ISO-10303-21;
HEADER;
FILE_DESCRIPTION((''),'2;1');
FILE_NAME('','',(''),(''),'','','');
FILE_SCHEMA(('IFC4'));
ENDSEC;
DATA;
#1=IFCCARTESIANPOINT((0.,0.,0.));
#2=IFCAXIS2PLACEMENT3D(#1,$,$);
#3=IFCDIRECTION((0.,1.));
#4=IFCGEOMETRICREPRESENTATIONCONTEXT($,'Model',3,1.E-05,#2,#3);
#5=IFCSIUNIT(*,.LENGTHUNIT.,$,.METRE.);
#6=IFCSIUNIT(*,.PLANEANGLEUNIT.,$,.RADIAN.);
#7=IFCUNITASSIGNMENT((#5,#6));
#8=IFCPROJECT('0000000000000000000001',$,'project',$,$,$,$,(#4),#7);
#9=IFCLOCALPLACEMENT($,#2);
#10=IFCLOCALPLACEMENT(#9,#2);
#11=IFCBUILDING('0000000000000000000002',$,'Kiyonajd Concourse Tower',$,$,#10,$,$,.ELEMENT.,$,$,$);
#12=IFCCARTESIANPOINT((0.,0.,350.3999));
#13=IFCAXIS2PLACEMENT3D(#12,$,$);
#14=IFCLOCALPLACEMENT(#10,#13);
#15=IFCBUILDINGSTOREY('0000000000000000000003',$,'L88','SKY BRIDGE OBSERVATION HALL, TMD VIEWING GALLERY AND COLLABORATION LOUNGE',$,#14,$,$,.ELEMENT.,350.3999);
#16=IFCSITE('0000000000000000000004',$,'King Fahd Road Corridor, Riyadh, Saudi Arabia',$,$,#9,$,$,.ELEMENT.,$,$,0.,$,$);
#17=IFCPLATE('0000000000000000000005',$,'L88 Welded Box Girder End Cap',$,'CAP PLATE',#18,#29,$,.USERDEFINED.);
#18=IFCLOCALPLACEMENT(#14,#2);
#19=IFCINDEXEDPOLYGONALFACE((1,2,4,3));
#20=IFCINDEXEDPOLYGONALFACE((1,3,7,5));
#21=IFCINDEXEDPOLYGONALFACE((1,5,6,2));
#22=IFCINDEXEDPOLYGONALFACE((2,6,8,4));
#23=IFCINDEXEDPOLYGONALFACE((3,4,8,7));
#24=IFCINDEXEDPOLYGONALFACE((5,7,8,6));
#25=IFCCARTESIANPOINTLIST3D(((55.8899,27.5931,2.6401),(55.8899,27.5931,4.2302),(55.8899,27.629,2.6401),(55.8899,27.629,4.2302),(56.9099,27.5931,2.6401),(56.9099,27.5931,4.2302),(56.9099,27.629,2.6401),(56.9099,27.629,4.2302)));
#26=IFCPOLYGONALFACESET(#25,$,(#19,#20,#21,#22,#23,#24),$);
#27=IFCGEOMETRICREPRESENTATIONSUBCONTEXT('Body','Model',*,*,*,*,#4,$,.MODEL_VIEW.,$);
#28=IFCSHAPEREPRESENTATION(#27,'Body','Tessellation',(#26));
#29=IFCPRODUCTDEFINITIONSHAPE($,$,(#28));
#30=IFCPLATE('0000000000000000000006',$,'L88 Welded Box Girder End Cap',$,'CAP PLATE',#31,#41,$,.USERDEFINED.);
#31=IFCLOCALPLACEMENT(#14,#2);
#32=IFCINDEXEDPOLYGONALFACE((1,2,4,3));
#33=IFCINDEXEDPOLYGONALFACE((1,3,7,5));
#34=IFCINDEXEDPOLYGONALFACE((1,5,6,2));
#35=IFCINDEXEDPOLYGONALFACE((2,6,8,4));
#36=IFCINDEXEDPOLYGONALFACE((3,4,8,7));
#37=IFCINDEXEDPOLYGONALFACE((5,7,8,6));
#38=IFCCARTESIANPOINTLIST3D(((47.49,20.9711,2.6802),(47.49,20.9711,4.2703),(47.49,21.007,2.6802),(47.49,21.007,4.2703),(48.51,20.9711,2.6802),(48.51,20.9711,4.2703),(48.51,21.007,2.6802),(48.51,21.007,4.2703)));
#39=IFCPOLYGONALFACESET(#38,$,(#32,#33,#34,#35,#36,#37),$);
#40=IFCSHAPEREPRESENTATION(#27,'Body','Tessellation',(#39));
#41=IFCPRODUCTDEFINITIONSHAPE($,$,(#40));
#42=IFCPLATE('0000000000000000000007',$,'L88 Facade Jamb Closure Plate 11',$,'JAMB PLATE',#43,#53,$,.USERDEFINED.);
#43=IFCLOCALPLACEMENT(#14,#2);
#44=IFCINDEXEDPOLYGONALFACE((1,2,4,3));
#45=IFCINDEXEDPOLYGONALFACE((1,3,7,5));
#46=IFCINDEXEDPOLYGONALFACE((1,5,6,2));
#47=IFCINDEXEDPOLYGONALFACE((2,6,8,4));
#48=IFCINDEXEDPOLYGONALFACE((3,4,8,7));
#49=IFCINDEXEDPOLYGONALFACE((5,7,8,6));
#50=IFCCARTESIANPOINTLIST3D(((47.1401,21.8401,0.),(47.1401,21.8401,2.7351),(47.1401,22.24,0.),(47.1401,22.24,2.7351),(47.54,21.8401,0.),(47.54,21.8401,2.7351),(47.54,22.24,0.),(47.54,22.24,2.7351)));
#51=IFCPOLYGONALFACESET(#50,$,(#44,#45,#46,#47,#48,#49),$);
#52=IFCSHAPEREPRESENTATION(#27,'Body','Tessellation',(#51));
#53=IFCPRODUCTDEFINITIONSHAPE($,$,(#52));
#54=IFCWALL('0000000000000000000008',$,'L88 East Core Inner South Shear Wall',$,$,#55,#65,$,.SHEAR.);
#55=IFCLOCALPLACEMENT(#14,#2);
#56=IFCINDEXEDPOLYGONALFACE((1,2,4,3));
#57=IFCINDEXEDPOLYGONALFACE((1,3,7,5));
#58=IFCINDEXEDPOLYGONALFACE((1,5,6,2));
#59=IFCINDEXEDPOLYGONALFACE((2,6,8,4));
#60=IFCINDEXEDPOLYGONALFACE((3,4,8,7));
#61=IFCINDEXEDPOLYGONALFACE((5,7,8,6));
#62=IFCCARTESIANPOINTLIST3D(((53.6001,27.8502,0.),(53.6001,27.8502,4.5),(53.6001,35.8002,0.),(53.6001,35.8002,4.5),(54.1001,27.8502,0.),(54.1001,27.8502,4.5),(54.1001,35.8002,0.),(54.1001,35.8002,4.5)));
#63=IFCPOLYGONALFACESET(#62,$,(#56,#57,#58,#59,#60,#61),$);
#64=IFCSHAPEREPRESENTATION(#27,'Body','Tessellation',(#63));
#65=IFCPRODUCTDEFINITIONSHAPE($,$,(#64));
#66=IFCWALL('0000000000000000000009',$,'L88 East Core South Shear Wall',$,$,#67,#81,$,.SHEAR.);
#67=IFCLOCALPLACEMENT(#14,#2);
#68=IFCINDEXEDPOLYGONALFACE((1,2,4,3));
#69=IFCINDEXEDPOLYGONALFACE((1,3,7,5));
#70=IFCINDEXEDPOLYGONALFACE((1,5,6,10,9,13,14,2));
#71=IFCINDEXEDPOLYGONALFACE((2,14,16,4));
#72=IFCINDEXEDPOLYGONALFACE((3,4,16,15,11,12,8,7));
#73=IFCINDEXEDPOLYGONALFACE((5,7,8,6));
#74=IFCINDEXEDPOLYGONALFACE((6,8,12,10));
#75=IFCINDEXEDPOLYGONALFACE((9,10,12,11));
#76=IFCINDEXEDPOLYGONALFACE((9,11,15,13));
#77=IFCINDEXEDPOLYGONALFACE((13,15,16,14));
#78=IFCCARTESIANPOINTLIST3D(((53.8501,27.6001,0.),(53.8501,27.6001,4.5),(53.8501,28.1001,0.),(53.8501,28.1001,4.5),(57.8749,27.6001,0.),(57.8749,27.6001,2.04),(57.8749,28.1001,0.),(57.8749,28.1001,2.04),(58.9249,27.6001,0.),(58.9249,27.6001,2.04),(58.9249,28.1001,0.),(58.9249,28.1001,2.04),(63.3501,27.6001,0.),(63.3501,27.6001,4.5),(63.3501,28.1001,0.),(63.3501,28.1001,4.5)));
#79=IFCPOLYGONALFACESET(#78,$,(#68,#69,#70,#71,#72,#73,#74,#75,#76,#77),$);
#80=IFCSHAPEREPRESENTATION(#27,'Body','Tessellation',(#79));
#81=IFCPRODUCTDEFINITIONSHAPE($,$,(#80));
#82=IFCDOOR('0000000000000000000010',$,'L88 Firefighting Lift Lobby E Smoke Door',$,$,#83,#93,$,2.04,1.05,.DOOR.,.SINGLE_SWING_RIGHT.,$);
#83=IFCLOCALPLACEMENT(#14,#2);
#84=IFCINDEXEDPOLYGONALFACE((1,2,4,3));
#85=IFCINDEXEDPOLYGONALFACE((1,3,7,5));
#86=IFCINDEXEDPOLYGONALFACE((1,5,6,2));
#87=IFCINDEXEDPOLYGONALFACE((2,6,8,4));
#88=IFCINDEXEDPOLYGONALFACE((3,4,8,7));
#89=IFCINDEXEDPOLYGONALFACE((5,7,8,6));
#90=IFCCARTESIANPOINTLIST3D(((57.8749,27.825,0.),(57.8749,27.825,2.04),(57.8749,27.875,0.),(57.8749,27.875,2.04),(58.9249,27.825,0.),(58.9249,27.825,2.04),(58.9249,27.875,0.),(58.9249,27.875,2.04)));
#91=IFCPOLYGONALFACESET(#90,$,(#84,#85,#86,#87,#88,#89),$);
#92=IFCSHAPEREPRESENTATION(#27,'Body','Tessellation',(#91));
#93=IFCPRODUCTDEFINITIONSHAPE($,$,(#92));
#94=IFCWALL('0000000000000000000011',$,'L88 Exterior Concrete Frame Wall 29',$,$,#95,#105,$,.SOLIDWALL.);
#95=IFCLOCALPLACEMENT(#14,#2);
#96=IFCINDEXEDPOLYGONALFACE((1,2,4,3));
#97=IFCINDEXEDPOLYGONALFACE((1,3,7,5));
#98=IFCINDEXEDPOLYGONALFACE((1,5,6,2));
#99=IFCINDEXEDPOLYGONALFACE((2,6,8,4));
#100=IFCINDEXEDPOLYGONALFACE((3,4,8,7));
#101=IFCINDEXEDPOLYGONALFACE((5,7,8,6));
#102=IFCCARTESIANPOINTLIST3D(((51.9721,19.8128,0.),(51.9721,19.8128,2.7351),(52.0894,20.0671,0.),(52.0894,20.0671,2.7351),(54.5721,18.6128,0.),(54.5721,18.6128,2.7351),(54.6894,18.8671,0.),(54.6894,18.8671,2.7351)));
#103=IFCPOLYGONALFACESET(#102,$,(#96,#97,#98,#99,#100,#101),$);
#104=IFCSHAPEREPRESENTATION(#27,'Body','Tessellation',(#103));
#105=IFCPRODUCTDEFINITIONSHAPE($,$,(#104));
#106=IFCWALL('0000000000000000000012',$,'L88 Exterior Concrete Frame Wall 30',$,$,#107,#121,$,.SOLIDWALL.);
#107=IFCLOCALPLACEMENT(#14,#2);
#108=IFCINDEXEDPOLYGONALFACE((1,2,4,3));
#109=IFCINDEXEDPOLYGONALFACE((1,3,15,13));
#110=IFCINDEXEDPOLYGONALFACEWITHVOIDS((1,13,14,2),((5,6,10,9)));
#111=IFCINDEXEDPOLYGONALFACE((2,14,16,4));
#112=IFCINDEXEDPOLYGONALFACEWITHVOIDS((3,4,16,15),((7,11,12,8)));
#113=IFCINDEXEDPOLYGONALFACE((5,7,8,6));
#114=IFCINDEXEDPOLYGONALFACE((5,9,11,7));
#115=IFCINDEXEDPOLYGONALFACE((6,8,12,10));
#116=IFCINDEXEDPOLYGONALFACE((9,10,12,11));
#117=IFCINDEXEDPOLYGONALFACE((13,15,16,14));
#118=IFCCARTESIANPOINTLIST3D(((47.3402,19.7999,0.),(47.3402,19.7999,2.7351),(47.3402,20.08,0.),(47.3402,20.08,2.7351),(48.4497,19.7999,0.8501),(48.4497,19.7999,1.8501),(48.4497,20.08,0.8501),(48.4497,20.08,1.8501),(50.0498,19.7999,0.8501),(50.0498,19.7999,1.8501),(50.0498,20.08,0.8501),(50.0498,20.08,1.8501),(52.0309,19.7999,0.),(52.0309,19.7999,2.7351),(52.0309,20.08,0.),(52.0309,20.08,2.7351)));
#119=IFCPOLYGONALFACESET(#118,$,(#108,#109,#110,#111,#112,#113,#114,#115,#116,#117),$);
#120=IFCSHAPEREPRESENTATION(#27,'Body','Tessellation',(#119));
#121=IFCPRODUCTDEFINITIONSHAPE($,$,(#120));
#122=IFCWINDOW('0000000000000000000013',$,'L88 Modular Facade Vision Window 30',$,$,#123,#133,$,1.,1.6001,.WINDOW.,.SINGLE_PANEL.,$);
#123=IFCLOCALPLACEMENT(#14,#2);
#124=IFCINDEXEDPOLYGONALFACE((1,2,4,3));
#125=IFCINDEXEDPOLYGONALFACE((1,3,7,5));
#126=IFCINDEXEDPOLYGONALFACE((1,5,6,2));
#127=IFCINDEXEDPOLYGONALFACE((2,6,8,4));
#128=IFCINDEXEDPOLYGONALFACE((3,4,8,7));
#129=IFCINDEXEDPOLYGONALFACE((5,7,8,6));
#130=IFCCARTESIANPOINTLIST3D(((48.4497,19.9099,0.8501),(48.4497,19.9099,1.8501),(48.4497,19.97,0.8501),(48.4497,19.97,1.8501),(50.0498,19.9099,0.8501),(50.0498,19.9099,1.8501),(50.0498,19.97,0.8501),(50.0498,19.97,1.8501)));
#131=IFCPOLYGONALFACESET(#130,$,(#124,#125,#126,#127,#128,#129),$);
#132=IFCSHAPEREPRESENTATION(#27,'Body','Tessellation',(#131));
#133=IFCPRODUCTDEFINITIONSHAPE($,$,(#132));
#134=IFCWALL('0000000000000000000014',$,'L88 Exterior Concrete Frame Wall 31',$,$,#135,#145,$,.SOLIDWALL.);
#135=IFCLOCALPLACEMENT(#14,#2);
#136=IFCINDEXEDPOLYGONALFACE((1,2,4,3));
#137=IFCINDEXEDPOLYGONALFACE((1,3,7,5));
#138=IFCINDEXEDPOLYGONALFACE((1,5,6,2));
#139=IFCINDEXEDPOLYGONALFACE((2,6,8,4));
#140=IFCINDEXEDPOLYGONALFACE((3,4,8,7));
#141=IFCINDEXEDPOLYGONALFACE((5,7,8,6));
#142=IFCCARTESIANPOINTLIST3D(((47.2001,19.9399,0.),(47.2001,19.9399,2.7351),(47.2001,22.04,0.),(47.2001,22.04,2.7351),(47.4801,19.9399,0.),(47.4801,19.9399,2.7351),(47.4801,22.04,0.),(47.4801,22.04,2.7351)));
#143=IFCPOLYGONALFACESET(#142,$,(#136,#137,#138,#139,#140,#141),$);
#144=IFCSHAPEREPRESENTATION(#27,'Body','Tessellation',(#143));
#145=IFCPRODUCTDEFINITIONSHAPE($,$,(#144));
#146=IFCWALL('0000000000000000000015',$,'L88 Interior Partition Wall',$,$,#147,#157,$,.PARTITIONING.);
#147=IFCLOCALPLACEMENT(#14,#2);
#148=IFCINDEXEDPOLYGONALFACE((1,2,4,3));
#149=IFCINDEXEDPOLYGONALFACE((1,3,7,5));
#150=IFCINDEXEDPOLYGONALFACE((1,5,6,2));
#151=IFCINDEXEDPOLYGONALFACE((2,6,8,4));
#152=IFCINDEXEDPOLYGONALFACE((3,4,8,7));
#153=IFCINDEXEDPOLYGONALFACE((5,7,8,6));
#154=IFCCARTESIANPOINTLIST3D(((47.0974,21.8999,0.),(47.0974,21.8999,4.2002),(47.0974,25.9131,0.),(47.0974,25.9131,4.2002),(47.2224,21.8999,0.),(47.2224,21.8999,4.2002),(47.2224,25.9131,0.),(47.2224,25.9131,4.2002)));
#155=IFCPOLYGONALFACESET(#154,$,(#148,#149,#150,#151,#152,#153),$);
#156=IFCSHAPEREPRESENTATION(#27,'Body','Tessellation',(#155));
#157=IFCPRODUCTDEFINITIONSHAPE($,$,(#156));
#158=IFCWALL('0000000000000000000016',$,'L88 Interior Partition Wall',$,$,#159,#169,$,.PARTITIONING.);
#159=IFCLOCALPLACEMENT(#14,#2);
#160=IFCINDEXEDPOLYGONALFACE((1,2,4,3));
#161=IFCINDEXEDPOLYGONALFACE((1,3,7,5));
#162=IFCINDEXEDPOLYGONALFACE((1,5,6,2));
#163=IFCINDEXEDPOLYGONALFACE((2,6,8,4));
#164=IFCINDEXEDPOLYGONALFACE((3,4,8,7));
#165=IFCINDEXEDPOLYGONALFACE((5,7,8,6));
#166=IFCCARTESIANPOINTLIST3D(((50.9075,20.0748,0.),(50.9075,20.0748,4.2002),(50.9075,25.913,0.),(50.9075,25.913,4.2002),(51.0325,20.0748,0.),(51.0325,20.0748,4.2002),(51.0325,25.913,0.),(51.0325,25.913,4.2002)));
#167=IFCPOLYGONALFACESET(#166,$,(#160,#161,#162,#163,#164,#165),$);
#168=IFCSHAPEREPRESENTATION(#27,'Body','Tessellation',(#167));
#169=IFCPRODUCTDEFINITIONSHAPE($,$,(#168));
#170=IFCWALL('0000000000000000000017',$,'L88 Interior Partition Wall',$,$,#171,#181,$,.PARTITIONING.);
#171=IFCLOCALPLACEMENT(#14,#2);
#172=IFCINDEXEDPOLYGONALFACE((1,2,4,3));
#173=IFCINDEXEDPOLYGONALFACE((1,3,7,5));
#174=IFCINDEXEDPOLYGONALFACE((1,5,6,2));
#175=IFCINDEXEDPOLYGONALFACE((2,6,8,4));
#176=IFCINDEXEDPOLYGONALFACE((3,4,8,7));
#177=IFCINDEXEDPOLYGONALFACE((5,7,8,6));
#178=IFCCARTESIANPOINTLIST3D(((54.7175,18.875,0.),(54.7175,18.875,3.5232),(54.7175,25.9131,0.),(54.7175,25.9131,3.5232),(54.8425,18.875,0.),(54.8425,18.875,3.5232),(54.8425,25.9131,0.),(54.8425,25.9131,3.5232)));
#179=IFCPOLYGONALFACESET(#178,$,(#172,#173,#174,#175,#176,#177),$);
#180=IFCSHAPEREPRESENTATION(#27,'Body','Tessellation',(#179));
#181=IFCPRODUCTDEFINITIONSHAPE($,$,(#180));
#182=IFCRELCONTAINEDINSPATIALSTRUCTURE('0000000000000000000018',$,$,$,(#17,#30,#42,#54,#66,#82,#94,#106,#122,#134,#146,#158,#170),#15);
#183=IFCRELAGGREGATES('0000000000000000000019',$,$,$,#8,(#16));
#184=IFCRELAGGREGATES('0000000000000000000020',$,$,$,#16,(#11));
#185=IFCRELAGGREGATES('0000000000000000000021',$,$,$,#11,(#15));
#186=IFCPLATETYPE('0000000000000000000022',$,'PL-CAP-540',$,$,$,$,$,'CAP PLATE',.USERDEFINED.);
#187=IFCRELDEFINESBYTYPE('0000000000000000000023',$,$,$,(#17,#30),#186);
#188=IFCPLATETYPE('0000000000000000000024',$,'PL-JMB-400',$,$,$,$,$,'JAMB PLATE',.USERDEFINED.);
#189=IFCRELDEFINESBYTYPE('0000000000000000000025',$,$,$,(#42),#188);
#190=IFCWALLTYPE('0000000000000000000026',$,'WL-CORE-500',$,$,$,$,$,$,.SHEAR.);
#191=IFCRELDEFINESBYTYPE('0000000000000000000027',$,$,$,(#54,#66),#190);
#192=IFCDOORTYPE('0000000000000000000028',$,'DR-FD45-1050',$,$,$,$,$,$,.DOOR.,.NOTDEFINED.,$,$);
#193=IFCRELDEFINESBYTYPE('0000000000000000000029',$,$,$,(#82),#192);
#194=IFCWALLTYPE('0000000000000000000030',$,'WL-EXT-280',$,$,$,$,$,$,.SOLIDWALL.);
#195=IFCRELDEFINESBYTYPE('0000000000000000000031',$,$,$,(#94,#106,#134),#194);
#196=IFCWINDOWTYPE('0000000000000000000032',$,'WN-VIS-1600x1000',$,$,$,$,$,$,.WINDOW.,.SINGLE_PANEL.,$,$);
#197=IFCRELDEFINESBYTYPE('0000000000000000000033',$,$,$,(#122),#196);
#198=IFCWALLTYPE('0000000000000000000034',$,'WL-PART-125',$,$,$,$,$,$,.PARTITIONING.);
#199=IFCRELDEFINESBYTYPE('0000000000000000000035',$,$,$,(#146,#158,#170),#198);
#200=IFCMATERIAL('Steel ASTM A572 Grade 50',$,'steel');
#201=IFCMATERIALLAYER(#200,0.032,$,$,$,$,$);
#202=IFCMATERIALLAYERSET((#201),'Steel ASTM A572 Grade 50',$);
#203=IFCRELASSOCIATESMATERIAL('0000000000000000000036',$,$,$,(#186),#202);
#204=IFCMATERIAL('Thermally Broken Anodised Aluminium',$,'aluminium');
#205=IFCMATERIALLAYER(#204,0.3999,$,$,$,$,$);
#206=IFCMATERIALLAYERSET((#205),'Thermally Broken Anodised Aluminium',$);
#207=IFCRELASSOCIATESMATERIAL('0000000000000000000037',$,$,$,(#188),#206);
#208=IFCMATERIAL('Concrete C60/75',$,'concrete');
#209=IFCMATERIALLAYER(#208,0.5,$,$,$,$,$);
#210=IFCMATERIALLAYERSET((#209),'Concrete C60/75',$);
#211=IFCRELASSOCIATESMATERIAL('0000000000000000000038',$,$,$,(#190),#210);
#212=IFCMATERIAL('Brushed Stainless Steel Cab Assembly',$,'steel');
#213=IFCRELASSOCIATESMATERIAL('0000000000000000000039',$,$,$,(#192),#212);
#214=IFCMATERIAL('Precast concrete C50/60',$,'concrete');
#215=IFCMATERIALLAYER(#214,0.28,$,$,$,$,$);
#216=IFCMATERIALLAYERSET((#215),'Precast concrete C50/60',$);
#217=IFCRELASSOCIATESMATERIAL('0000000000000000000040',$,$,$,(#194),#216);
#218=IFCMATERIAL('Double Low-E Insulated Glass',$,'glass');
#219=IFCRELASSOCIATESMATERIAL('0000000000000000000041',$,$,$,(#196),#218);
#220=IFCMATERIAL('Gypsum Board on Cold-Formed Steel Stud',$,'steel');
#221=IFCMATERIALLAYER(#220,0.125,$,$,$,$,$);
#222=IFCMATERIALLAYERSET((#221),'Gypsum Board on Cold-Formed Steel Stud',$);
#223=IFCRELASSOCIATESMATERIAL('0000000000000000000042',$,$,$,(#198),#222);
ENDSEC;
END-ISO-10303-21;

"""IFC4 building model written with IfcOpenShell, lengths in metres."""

from ifc_helpers import new_model, si_unit, direction, frame, frame_2d, origin, origin_2d, place, context, subcontext, project, spatial, rectangle, extrude, material, layer, layer_set, type_object, element, fill, save


model = new_model("IFC4")

# Units and contexts
model_context = context("Model", 3, precision=1e-05, world=origin(), true_north=direction((0.0, 1.0)))
body_context = subcontext(model_context, "Body", "Model", "MODEL_VIEW")
ifc_project = project(units=[si_unit("LENGTHUNIT", "METRE"), si_unit("PLANEANGLEUNIT", "RADIAN")], contexts=[model_context])

# Site, building, storey
site_placement = place(None, origin())
site = spatial("IfcSite", under=ifc_project, at=site_placement, Name="King Fahd Road Corridor, Riyadh, Saudi Arabia", CompositionType="ELEMENT", RefElevation=0.0)
building_placement = place(site_placement, origin())
building = spatial("IfcBuilding", under=site, at=building_placement, Name="Kiyonajd Concourse Tower", CompositionType="ELEMENT")
storey_placement = place(building_placement, frame((0.0, 0.0, 350.3999)))
storey = spatial("IfcBuildingStorey", under=building, at=storey_placement, Name="L88", Description="SKY BRIDGE OBSERVATION HALL, TMD VIEWING GALLERY AND COLLABORATION LOUNGE", CompositionType="ELEMENT", Elevation=350.3999)

# Shared definitions
ifc_material_1 = material(Name="Concrete C60/75", Category="concrete")

# Shared definitions
ifc_material_2 = material(Name="Steel ASTM A572 Grade 50", Category="steel")

# Plates
ifc_layer_1 = layer(ifc_material_2, 0.032)
ifc_layer_set_1 = layer_set([ifc_layer_1], Name="Steel ASTM A572 Grade 50")
plate_type_1 = type_object("IfcPlateType", Name="PL-CAP-540", ElementType="CAP PLATE", PredefinedType="USERDEFINED", material=ifc_layer_set_1)
for number, where, z_axis, x_axis, name in (
    (1, (56.3999, 27.6111, 2.6401), (0.0, 0.0, 1.0), (0.0, 1.0, 0.0), "L88 Welded Box Girder End Cap"),
    (2, (48.0, 20.989, 2.6802), (0.0, 0.0, 1.0), (0.0, -1.0, 0.0), "L88 Welded Box Girder End Cap"),
):
    element("IfcPlate", number, at=place(storey_placement, frame(where, z_axis=z_axis, x_axis=x_axis)), inside=storey, type_object=plate_type_1, Name=name, ObjectType="CAP PLATE", PredefinedType="USERDEFINED", context=body_context, shape_type="SweptSolid", body=[
        extrude(rectangle(XDim=0.0359, YDim=1.02, at=origin_2d()), origin(), (0.0, 0.0, 1.0), 1.5901),
    ])
ifc_material_3 = material(Name="Thermally Broken Anodised Aluminium", Category="aluminium")
ifc_layer_2 = layer(ifc_material_3, 0.3999)
ifc_layer_set_2 = layer_set([ifc_layer_2], Name="Thermally Broken Anodised Aluminium")
plate_type_2 = type_object("IfcPlateType", Name="PL-JMB-400", ElementType="JAMB PLATE", PredefinedType="USERDEFINED", material=ifc_layer_set_2)
plate_placement = place(storey_placement, frame((47.3401, 22.04, 0.0), z_axis=(0.0, 0.0, 1.0), x_axis=(1.0, 0.0, 0.0)))
element("IfcPlate", 3, at=plate_placement, inside=storey, type_object=plate_type_2, Name="L88 Facade Jamb Closure Plate 11", ObjectType="JAMB PLATE", PredefinedType="USERDEFINED", context=body_context, shape_type="SweptSolid", body=[
    extrude(rectangle(XDim=0.3999, YDim=0.3999, at=origin_2d()), origin(), (0.0, 0.0, 1.0), 2.7351),
])

# Wall
ifc_layer_3 = layer(ifc_material_1, 0.5)
ifc_layer_set_3 = layer_set([ifc_layer_3], Name="Concrete C60/75")
wall_type_1 = type_object("IfcWallType", Name="WL-CORE-500", PredefinedType="SHEAR", material=ifc_layer_set_3)
wall_1_placement = place(storey_placement, frame((53.8501, 27.8501, 0.0), z_axis=(0.0, 0.0, 1.0), x_axis=(0.0, 1.0, 0.0)))
element("IfcWall", 4, at=wall_1_placement, inside=storey, type_object=wall_type_1, Name="L88 East Core Inner South Shear Wall", PredefinedType="SHEAR", context=body_context, shape_type="SweptSolid", body=[
    extrude(rectangle(XDim=7.95, YDim=0.5, at=frame_2d((3.9751, 0.0))), origin(), (0.0, 0.0, 1.0), 4.5),
])

# Wall, opening, door
wall_2_placement = place(storey_placement, frame((53.8501, 27.8501, 0.0), z_axis=(0.0, 0.0, 1.0), x_axis=(1.0, 0.0, 0.0)))
wall_2 = element("IfcWall", 5, at=wall_2_placement, inside=storey, type_object=wall_type_1, Name="L88 East Core South Shear Wall", PredefinedType="SHEAR", context=body_context, shape_type="SweptSolid", body=[
    extrude(rectangle(XDim=9.5, YDim=0.5, at=frame_2d((4.75, 0.0))), origin(), (0.0, 0.0, 1.0), 4.5),
])
opening_1_placement = place(wall_2_placement, frame((4.0249, 0.0, 0.0)))
opening_1 = element("IfcOpeningElement", 6, at=opening_1_placement, cuts=wall_2, PredefinedType="OPENING", context=body_context, shape_type="SweptSolid", body=[
    extrude(rectangle(XDim=1.05, YDim=2.04, at=frame_2d((0.5249, 1.02))), frame((0.0, 0.26, 0.0), z_axis=(0.0, -1.0, 0.0), x_axis=(1.0, 0.0, 0.0)), (0.0, 0.0, 1.0), 0.52),
])
ifc_material_4 = material(Name="Brushed Stainless Steel Cab Assembly", Category="steel")
door_type_1 = type_object("IfcDoorType", Name="DR-FD45-1050", OperationType="NOTDEFINED", PredefinedType="DOOR", material=ifc_material_4)
door_1_placement = place(opening_1_placement, origin())
door_1 = element("IfcDoor", 7, at=door_1_placement, inside=storey, type_object=door_type_1, Name="L88 Firefighting Lift Lobby E Smoke Door", OperationType="SINGLE_SWING_RIGHT", OverallHeight=2.04, OverallWidth=1.05, PredefinedType="DOOR", context=body_context, shape_type="SweptSolid", body=[
    extrude(rectangle(XDim=1.05, YDim=2.04, at=frame_2d((0.5249, 1.02))), frame((0.0, 0.0249, 0.0), z_axis=(0.0, -1.0, 0.0), x_axis=(1.0, 0.0, 0.0)), (0.0, 0.0, 1.0), 0.05),
])
fill(opening_1, door_1)

# Wall
ifc_material_5 = material(Name="Precast concrete C50/60", Category="concrete")
ifc_layer_4 = layer(ifc_material_5, 0.28)
ifc_layer_set_4 = layer_set([ifc_layer_4], Name="Precast concrete C50/60")
wall_type_2 = type_object("IfcWallType", Name="WL-EXT-280", PredefinedType="SOLIDWALL", material=ifc_layer_set_4)
wall_3_placement = place(storey_placement, frame((54.6306, 18.74, 0.0), z_axis=(0.0, 0.0, 1.0), x_axis=(-0.907957, 0.419064, 0.0)))
element("IfcWall", 8, at=wall_3_placement, inside=storey, type_object=wall_type_2, Name="L88 Exterior Concrete Frame Wall 29", PredefinedType="SOLIDWALL", context=body_context, shape_type="SweptSolid", body=[
    extrude(rectangle(XDim=2.8635, YDim=0.28, at=frame_2d((1.4316, 0.0))), origin(), (0.0, 0.0, 1.0), 2.7351),
])

# Wall, opening, window
wall_4_placement = place(storey_placement, frame((52.0308, 19.9399, 0.0), z_axis=(0.0, 0.0, 1.0), x_axis=(-1.0, 0.0, 0.0)))
wall_4 = element("IfcWall", 9, at=wall_4_placement, inside=storey, type_object=wall_type_2, Name="L88 Exterior Concrete Frame Wall 30", PredefinedType="SOLIDWALL", context=body_context, shape_type="SweptSolid", body=[
    extrude(rectangle(XDim=4.6907, YDim=0.28, at=frame_2d((2.3452, 0.0))), origin(), (0.0, 0.0, 1.0), 2.7351),
])
opening_2_placement = place(wall_4_placement, frame((1.981, 0.0, 0.8501)))
opening_2 = element("IfcOpeningElement", 10, at=opening_2_placement, cuts=wall_4, PredefinedType="OPENING", context=body_context, shape_type="SweptSolid", body=[
    extrude(rectangle(XDim=1.6001, YDim=1.0, at=frame_2d((0.8, 0.5))), frame((0.0, 0.1499, 0.0), z_axis=(0.0, -1.0, 0.0), x_axis=(1.0, 0.0, 0.0)), (0.0, 0.0, 1.0), 0.3),
])
ifc_material_6 = material(Name="Double Low-E Insulated Glass", Category="glass")
window_type = type_object("IfcWindowType", Name="WN-VIS-1600x1000", PartitioningType="SINGLE_PANEL", PredefinedType="WINDOW", material=ifc_material_6)
window_placement = place(opening_2_placement, origin())
window = element("IfcWindow", 11, at=window_placement, inside=storey, type_object=window_type, Name="L88 Modular Facade Vision Window 30", OverallHeight=1.0, OverallWidth=1.6001, PartitioningType="SINGLE_PANEL", PredefinedType="WINDOW", context=body_context, shape_type="SweptSolid", body=[
    extrude(rectangle(XDim=1.6001, YDim=1.0, at=frame_2d((0.8, 0.5))), frame((0.0, 0.03, 0.0), z_axis=(0.0, -1.0, 0.0), x_axis=(1.0, 0.0, 0.0)), (0.0, 0.0, 1.0), 0.0601),
])
fill(opening_2, window)

# Walls
wall_5_placement = place(storey_placement, frame((47.3401, 19.9399, 0.0), z_axis=(0.0, 0.0, 1.0), x_axis=(0.0, 1.0, 0.0)))
element("IfcWall", 12, at=wall_5_placement, inside=storey, type_object=wall_type_2, Name="L88 Exterior Concrete Frame Wall 31", PredefinedType="SOLIDWALL", context=body_context, shape_type="SweptSolid", body=[
    extrude(rectangle(XDim=2.1001, YDim=0.28, at=frame_2d((1.05, 0.0))), origin(), (0.0, 0.0, 1.0), 2.7351),
])
ifc_material_7 = material(Name="Gypsum Board on Cold-Formed Steel Stud", Category="steel")
ifc_layer_5 = layer(ifc_material_7, 0.125)
ifc_layer_set_5 = layer_set([ifc_layer_5], Name="Gypsum Board on Cold-Formed Steel Stud")
wall_type_3 = type_object("IfcWallType", Name="WL-PART-125", PredefinedType="PARTITIONING", material=ifc_layer_set_5)
wall_6_placement = place(storey_placement, frame((47.1599, 21.8999, 0.0), z_axis=(0.0, 0.0, 1.0), x_axis=(0.0, 1.0, 0.0)))
element("IfcWall", 13, at=wall_6_placement, inside=storey, type_object=wall_type_3, Name="L88 Interior Partition Wall", PredefinedType="PARTITIONING", context=body_context, shape_type="SweptSolid", body=[
    extrude(rectangle(XDim=4.0132, YDim=0.125, at=frame_2d((2.0066, 0.0))), origin(), (0.0, 0.0, 1.0), 4.2002),
])
wall_7_placement = place(storey_placement, frame((50.97, 20.075, 0.0), z_axis=(0.0, 0.0, 1.0), x_axis=(0.0, 1.0, 0.0)))
element("IfcWall", 14, at=wall_7_placement, inside=storey, type_object=wall_type_3, Name="L88 Interior Partition Wall", PredefinedType="PARTITIONING", context=body_context, shape_type="SweptSolid", body=[
    extrude(rectangle(XDim=5.8381, YDim=0.125, at=frame_2d((2.9189, 0.0))), origin(), (0.0, 0.0, 1.0), 4.2002),
])
wall_8_placement = place(storey_placement, frame((54.78, 18.875, 0.0), z_axis=(0.0, 0.0, 1.0), x_axis=(0.0, 1.0, 0.0)))
element("IfcWall", 15, at=wall_8_placement, inside=storey, type_object=wall_type_3, Name="L88 Interior Partition Wall", PredefinedType="PARTITIONING", context=body_context, shape_type="SweptSolid", body=[
    extrude(rectangle(XDim=7.0381, YDim=0.125, at=frame_2d((3.519, 0.0))), origin(), (0.0, 0.0, 1.0), 3.5232),
])

save(model, "model.ifc")
